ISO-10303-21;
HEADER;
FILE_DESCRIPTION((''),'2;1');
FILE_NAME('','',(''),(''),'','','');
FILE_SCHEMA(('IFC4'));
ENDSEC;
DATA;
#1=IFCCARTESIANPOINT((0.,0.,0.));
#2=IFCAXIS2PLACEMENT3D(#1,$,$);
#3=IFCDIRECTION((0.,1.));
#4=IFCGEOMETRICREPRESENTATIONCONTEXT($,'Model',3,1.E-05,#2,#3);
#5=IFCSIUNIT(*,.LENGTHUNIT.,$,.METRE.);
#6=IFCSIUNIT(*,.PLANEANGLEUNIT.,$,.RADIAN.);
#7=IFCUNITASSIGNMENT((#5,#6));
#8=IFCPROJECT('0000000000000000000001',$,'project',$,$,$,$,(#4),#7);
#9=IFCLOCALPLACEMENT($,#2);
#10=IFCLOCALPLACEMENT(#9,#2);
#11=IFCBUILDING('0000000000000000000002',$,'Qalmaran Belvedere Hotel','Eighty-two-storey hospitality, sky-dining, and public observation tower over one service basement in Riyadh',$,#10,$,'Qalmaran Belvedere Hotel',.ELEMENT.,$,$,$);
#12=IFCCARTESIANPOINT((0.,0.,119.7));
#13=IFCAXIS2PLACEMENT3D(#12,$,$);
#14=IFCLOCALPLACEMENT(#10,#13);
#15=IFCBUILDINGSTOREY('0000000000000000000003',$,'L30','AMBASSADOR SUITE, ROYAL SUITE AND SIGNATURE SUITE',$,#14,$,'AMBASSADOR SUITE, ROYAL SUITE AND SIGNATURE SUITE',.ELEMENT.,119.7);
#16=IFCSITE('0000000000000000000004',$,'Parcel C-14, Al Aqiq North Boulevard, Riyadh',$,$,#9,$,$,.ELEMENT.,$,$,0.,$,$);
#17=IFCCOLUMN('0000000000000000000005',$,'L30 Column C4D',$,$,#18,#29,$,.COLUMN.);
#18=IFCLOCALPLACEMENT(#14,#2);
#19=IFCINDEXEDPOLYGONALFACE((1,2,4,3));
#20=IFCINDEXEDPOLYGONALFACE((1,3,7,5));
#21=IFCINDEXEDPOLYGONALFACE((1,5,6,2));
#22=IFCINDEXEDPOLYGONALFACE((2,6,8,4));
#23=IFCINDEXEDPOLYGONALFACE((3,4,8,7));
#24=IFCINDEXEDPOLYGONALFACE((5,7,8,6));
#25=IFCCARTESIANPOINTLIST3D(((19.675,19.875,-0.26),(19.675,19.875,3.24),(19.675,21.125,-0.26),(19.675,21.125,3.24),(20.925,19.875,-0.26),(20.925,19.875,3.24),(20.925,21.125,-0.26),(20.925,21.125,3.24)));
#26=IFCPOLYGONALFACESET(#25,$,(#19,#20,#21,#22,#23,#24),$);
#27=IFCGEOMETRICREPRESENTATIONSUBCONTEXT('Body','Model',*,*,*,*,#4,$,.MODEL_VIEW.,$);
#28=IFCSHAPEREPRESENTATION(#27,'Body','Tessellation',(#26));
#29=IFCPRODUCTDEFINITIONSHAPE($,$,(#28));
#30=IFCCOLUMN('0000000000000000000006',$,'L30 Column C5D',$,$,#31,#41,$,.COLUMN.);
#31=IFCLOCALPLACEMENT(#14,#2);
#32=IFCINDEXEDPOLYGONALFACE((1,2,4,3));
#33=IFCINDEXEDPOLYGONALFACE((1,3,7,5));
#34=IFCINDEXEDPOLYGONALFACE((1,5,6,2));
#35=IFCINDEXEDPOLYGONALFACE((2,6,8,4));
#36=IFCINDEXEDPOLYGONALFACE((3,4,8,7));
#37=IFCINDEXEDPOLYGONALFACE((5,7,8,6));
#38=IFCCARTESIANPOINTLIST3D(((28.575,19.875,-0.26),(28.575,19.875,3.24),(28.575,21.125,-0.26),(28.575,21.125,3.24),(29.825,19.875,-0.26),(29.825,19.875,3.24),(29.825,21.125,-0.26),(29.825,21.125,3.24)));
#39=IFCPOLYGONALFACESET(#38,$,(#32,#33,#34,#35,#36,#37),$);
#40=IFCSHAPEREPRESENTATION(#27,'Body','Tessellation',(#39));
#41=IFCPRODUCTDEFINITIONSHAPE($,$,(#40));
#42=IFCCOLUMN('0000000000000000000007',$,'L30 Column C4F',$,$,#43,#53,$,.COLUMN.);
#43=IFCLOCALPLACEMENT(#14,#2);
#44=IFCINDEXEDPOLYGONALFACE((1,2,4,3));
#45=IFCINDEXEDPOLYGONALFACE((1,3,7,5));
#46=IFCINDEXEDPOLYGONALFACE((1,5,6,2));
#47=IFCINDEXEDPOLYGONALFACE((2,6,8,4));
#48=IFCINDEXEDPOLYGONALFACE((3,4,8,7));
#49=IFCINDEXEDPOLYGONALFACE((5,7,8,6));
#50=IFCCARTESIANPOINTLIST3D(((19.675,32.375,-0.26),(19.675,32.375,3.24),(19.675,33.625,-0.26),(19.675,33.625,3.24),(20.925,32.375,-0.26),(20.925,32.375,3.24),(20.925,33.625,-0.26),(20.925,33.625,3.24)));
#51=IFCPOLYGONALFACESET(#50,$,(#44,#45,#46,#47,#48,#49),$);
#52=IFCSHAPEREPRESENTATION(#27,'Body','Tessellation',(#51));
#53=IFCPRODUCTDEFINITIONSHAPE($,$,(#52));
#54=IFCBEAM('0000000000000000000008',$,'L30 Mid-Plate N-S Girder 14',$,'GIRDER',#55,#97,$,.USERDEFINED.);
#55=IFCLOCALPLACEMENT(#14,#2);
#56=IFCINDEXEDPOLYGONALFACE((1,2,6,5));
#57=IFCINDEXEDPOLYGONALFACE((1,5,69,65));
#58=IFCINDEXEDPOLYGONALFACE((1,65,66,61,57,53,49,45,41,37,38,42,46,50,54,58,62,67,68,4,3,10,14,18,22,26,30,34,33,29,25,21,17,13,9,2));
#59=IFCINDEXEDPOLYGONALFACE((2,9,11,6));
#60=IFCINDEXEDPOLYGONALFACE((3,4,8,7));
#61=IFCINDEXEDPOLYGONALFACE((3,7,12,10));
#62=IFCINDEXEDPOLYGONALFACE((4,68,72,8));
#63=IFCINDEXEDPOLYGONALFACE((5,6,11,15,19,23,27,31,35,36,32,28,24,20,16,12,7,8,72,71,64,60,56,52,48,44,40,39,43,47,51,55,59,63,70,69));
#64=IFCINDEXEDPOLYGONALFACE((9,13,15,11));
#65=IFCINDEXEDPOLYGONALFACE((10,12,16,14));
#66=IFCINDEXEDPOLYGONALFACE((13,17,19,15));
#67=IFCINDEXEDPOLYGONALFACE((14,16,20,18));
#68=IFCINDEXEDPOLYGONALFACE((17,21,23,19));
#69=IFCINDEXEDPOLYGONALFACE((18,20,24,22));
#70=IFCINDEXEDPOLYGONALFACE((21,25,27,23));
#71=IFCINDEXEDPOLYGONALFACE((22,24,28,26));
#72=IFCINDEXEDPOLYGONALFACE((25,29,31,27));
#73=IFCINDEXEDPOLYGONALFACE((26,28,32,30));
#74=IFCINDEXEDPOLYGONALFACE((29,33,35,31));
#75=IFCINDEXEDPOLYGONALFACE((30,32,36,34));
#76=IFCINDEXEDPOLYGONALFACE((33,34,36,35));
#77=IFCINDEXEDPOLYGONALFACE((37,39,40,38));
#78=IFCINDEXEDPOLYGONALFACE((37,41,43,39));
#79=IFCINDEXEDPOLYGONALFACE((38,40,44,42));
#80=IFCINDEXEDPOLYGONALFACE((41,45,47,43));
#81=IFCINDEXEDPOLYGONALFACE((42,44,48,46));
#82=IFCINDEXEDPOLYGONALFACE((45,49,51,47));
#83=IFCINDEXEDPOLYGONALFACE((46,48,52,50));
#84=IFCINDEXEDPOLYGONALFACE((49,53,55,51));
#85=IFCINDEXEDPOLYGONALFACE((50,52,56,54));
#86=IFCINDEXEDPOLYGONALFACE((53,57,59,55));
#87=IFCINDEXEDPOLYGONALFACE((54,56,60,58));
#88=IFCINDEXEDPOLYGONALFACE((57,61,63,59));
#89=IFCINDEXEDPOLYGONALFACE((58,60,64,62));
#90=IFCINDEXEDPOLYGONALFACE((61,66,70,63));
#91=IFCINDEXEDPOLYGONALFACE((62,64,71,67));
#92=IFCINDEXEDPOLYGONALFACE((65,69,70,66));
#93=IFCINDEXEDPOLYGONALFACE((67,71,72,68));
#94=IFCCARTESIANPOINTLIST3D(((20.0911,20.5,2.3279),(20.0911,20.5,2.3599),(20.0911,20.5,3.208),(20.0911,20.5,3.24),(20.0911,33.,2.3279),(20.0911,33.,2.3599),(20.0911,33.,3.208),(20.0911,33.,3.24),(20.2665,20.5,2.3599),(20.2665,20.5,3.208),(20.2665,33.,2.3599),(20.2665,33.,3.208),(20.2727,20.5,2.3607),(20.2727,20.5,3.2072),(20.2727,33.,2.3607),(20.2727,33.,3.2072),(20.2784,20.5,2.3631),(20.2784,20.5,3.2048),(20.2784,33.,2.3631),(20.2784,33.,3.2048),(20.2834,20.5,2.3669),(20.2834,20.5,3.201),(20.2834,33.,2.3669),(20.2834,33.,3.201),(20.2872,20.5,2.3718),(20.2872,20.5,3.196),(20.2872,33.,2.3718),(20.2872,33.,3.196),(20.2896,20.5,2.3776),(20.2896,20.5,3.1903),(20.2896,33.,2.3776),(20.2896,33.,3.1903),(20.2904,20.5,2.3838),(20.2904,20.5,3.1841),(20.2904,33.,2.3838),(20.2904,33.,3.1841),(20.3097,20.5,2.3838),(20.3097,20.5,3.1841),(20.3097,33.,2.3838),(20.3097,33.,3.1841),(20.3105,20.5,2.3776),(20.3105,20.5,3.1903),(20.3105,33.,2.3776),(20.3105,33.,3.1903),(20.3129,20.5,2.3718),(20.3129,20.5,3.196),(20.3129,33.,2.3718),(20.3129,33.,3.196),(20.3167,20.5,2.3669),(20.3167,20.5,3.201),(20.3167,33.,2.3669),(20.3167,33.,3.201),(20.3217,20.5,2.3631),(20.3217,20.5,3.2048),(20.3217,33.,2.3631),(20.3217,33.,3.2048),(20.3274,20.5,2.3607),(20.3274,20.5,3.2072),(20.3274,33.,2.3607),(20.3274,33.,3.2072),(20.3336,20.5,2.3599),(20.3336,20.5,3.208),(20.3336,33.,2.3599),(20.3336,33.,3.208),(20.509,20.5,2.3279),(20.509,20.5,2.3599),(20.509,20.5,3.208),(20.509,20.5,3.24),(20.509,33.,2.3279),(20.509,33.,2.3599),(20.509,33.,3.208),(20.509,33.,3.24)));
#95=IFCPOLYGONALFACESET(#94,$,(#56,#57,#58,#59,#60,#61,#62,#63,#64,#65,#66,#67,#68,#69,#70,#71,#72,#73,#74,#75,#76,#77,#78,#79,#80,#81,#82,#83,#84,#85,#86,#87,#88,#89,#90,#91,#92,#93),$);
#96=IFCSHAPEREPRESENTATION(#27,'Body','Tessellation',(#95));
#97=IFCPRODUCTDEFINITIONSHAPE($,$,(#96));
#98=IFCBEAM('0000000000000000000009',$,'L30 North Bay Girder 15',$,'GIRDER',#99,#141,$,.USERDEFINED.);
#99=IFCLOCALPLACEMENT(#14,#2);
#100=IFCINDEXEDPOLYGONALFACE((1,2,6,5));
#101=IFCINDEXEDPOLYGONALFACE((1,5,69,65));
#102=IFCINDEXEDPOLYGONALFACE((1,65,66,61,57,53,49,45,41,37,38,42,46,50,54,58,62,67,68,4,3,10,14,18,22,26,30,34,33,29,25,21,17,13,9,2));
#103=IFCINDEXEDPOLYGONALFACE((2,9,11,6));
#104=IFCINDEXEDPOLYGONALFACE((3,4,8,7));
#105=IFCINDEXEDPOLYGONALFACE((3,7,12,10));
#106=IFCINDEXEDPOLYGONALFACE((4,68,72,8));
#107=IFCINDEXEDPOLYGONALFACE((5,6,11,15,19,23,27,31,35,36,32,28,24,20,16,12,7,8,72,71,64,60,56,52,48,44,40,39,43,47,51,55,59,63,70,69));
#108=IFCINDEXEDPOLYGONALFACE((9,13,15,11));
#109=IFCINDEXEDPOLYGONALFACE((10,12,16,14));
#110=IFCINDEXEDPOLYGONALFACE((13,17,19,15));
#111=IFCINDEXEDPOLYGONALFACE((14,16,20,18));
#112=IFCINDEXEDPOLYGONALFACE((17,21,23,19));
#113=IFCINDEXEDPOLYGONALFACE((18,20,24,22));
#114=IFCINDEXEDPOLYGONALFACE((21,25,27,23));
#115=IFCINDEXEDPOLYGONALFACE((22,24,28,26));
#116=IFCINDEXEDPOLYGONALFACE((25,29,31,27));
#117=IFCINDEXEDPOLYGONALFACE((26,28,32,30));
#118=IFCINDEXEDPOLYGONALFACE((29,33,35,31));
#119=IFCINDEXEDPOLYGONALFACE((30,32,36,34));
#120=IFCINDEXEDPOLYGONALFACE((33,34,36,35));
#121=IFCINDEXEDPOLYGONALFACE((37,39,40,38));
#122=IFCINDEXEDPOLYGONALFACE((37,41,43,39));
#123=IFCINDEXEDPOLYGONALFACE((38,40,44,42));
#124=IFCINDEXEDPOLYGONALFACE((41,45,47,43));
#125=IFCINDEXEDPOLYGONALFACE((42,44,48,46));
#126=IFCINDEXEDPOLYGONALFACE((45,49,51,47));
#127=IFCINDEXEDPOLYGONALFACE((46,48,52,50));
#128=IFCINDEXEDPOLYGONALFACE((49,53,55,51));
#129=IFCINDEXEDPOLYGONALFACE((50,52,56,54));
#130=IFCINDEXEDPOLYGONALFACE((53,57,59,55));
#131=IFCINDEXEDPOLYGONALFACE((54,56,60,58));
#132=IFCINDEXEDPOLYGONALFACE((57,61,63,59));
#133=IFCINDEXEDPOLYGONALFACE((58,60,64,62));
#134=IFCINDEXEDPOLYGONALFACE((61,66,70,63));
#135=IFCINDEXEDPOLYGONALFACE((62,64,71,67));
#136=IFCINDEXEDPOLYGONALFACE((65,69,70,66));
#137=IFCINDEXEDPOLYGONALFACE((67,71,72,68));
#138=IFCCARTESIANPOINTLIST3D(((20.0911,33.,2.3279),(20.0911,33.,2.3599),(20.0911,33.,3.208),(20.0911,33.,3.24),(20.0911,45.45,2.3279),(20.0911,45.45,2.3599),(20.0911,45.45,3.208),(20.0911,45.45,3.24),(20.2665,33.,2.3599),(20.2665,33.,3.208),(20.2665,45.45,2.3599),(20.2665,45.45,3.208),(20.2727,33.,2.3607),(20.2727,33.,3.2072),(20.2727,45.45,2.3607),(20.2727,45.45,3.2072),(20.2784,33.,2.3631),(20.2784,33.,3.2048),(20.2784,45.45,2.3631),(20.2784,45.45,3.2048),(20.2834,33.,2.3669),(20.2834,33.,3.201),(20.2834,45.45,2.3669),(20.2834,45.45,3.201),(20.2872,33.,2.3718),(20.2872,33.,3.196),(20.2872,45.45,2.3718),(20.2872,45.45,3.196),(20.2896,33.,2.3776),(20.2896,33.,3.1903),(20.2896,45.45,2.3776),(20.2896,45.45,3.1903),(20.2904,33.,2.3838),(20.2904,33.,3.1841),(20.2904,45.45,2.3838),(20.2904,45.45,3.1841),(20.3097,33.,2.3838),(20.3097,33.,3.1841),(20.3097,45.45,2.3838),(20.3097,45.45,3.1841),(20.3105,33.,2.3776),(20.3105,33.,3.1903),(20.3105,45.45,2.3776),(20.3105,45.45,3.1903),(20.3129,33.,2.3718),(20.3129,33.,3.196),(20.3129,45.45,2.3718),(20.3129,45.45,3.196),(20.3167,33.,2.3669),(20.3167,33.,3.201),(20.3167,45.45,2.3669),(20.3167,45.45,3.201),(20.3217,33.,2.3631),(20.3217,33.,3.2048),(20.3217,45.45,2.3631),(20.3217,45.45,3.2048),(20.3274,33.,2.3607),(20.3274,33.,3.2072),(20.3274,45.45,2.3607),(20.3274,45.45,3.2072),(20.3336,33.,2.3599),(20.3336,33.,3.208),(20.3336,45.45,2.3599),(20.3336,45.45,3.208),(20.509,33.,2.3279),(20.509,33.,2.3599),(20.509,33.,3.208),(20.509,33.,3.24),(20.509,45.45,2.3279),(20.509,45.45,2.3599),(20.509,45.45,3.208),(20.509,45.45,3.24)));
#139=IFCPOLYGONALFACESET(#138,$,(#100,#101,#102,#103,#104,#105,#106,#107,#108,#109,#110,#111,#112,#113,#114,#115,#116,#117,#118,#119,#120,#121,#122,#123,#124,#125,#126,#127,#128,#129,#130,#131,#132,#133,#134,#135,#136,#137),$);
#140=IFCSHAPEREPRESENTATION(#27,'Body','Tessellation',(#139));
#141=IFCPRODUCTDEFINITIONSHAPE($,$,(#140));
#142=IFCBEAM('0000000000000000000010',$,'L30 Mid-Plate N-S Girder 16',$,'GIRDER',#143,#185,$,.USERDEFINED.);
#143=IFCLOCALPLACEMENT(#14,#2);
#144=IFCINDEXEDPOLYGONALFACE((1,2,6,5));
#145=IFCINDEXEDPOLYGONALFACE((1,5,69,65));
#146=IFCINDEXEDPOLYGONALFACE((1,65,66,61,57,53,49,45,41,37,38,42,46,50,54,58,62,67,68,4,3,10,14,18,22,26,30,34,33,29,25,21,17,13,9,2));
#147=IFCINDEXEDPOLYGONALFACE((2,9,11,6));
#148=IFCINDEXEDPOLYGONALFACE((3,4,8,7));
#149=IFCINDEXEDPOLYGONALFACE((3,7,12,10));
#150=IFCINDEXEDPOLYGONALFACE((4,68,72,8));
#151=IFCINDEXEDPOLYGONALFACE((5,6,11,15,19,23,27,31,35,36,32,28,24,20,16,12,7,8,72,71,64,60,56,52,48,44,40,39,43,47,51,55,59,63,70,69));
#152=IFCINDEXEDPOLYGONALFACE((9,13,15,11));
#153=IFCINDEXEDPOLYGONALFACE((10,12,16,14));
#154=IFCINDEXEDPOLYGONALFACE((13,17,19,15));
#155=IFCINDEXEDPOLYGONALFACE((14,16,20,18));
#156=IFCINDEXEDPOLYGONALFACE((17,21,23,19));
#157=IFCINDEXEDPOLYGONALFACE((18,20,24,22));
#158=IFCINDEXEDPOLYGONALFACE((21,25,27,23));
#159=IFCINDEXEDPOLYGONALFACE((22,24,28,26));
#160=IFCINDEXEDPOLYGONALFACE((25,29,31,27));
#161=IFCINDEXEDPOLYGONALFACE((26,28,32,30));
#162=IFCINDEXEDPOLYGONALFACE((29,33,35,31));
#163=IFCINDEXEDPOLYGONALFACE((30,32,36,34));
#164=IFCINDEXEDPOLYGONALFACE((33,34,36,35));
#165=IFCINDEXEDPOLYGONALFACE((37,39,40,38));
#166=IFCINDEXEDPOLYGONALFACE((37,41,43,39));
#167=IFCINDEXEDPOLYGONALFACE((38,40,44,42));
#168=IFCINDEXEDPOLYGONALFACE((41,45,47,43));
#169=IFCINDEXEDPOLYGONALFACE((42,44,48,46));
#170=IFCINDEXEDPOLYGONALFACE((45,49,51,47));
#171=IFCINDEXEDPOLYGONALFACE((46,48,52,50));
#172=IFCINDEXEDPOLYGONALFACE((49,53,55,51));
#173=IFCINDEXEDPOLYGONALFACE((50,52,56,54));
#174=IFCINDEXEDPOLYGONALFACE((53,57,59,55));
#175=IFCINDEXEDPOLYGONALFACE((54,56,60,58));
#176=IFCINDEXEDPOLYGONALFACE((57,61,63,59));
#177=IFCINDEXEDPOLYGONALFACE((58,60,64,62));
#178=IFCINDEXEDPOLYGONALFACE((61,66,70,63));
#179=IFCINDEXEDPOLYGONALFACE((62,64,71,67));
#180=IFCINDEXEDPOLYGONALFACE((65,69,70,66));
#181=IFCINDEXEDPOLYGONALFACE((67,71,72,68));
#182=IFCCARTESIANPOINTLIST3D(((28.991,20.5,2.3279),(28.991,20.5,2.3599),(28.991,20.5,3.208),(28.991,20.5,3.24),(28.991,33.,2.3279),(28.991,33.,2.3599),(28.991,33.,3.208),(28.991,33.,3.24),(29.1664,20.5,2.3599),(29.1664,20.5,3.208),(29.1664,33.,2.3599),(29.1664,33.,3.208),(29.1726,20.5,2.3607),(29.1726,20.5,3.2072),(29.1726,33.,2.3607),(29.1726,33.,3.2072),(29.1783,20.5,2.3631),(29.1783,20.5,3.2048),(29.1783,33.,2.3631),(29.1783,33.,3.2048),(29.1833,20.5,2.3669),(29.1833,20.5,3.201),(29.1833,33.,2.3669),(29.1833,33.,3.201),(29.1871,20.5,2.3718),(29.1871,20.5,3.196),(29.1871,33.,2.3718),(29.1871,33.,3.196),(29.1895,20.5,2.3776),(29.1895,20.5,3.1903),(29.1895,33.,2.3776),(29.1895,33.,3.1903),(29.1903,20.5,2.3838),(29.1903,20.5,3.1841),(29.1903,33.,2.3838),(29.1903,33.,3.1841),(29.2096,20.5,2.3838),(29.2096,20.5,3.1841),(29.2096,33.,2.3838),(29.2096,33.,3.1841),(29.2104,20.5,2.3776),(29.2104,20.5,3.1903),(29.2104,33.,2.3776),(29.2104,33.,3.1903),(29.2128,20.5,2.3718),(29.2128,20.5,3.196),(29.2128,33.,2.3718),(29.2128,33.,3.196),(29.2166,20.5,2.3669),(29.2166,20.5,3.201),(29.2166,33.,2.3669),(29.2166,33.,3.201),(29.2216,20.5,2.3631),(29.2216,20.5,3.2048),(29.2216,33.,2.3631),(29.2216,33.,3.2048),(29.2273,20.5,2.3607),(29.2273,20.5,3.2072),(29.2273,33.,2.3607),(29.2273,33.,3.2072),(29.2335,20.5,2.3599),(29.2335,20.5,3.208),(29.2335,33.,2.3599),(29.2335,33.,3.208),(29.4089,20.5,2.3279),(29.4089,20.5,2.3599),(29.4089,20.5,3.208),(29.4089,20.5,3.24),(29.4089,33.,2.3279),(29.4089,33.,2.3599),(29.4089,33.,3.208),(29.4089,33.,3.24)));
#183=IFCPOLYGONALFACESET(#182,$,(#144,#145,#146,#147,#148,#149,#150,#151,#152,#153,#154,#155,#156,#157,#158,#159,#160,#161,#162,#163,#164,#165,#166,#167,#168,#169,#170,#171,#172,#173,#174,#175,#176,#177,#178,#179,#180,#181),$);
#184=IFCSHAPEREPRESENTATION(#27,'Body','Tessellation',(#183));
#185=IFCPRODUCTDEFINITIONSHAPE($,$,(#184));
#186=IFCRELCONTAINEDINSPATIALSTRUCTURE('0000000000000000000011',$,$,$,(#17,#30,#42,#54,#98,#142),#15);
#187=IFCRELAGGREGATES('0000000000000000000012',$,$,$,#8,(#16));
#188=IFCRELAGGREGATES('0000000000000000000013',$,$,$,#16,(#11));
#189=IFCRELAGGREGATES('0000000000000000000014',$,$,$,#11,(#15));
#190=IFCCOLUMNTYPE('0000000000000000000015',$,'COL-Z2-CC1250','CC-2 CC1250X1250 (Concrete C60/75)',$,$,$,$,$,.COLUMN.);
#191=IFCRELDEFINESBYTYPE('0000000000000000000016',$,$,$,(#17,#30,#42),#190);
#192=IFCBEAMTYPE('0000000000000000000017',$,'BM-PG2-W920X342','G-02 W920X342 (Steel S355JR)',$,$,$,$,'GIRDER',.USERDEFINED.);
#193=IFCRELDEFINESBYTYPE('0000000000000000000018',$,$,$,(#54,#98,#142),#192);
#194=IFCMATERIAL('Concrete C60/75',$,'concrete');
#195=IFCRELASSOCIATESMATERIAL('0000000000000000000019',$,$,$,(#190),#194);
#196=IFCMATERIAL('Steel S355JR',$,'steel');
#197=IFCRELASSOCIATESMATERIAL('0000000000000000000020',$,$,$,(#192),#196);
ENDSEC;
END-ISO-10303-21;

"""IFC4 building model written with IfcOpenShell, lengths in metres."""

from ifc_helpers import new_model, si_unit, direction, frame, origin, origin_2d, place, context, subcontext, project, spatial, rectangle, i_section, extrude, material, material_profile, profile_set, type_object, element, save


model = new_model("IFC4")

# Units and contexts
model_context = context("Model", 3, precision=1e-05, world=origin(), true_north=direction((0.0, 1.0)))
body_context = subcontext(model_context, "Body", "Model", "MODEL_VIEW")
ifc_project = project(units=[si_unit("LENGTHUNIT", "METRE"), si_unit("PLANEANGLEUNIT", "RADIAN")], contexts=[model_context])

# Site, building, storey
site_placement = place(None, origin())
site = spatial("IfcSite", under=ifc_project, at=site_placement, Name="Parcel C-14, Al Aqiq North Boulevard, Riyadh", CompositionType="ELEMENT", RefElevation=0.0)
building_placement = place(site_placement, origin())
building = spatial("IfcBuilding", under=site, at=building_placement, Name="Qalmaran Belvedere Hotel", Description="Eighty-two-storey hospitality, sky-dining, and public observation tower over one service basement in Riyadh", LongName="Qalmaran Belvedere Hotel", CompositionType="ELEMENT")
storey_placement = place(building_placement, frame((0.0, 0.0, 119.7)))
storey = spatial("IfcBuildingStorey", under=building, at=storey_placement, Name="L30", Description="AMBASSADOR SUITE, ROYAL SUITE AND SIGNATURE SUITE", LongName="AMBASSADOR SUITE, ROYAL SUITE AND SIGNATURE SUITE", CompositionType="ELEMENT", Elevation=119.7)

# Columns
ifc_material_1 = material(Name="Concrete C60/75", Category="concrete")
ifc_material_profile_1 = material_profile(ifc_material_1, rectangle(XDim=1.25, YDim=1.25, at=origin_2d()), Name="CC1250X1250")
ifc_profile_set_1 = profile_set([ifc_material_profile_1], Name="Concrete C60/75")
column_type = type_object("IfcColumnType", Name="COL-Z2-CC1250", Description="CC-2 CC1250X1250 (Concrete C60/75)", PredefinedType="COLUMN", material=ifc_profile_set_1)
for number, where, z_axis, x_axis, name in (
    (1, (20.3, 20.5, -0.26), (0.0, 0.0, 1.0), (1.0, 0.0, 0.0), "L30 Column C4D"),
    (2, (29.2, 20.5, -0.26), (0.0, 0.0, 1.0), (1.0, 0.0, 0.0), "L30 Column C5D"),
    (3, (20.3, 33.0, -0.26), (0.0, 0.0, 1.0), (1.0, 0.0, 0.0), "L30 Column C4F"),
):
    element("IfcColumn", number, at=place(storey_placement, frame(where, z_axis=z_axis, x_axis=x_axis)), inside=storey, type_object=column_type, Name=name, PredefinedType="COLUMN", context=body_context, shape_type="SweptSolid", body=[
        extrude(rectangle(XDim=1.25, YDim=1.25, at=origin_2d()), origin(), (0.0, 0.0, 1.0), 3.5),
    ])

# Beams
ifc_material_2 = material(Name="Steel S355JR", Category="steel")
ifc_material_profile_2 = material_profile(ifc_material_2, i_section(OverallWidth=0.418, OverallDepth=0.9121, WebThickness=0.0193, FlangeThickness=0.032, FilletRadius=0.0239, at=origin_2d()), Name="W920X342")
ifc_profile_set_2 = profile_set([ifc_material_profile_2], Name="Steel S355JR")
beam_type_1 = type_object("IfcBeamType", Name="BM-PG2-W920X342", Description="G-02 W920X342 (Steel S355JR)", ElementType="GIRDER", PredefinedType="USERDEFINED", material=ifc_profile_set_2)
beam_1_placement = place(storey_placement, frame((20.3, 20.5, 2.7839), z_axis=(0.0, 1.0, 0.0), x_axis=(-1.0, 0.0, 0.0)))
element("IfcBeam", 4, at=beam_1_placement, inside=storey, type_object=beam_type_1, Name="L30 Mid-Plate N-S Girder 14", ObjectType="GIRDER", PredefinedType="USERDEFINED", context=body_context, shape_type="SweptSolid", body=[
    extrude(i_section(OverallWidth=0.418, OverallDepth=0.9121, WebThickness=0.0193, FlangeThickness=0.032, FilletRadius=0.0239, at=origin_2d()), origin(), (0.0, 0.0, 1.0), 12.5),
])
beam_2_placement = place(storey_placement, frame((20.3, 33.0, 2.7839), z_axis=(0.0, 1.0, 0.0), x_axis=(-1.0, 0.0, 0.0)))
element("IfcBeam", 5, at=beam_2_placement, inside=storey, type_object=beam_type_1, Name="L30 North Bay Girder 15", ObjectType="GIRDER", PredefinedType="USERDEFINED", context=body_context, shape_type="SweptSolid", body=[
    extrude(i_section(OverallWidth=0.418, OverallDepth=0.9121, WebThickness=0.0193, FlangeThickness=0.032, FilletRadius=0.0239, at=origin_2d()), origin(), (0.0, 0.0, 1.0), 12.45),
])
beam_3_placement = place(storey_placement, frame((29.2, 20.5, 2.7839), z_axis=(0.0, 1.0, 0.0), x_axis=(-1.0, 0.0, 0.0)))
element("IfcBeam", 6, at=beam_3_placement, inside=storey, type_object=beam_type_1, Name="L30 Mid-Plate N-S Girder 16", ObjectType="GIRDER", PredefinedType="USERDEFINED", context=body_context, shape_type="SweptSolid", body=[
    extrude(i_section(OverallWidth=0.418, OverallDepth=0.9121, WebThickness=0.0193, FlangeThickness=0.032, FilletRadius=0.0239, at=origin_2d()), origin(), (0.0, 0.0, 1.0), 12.5),
])

save(model, "model.ifc")
